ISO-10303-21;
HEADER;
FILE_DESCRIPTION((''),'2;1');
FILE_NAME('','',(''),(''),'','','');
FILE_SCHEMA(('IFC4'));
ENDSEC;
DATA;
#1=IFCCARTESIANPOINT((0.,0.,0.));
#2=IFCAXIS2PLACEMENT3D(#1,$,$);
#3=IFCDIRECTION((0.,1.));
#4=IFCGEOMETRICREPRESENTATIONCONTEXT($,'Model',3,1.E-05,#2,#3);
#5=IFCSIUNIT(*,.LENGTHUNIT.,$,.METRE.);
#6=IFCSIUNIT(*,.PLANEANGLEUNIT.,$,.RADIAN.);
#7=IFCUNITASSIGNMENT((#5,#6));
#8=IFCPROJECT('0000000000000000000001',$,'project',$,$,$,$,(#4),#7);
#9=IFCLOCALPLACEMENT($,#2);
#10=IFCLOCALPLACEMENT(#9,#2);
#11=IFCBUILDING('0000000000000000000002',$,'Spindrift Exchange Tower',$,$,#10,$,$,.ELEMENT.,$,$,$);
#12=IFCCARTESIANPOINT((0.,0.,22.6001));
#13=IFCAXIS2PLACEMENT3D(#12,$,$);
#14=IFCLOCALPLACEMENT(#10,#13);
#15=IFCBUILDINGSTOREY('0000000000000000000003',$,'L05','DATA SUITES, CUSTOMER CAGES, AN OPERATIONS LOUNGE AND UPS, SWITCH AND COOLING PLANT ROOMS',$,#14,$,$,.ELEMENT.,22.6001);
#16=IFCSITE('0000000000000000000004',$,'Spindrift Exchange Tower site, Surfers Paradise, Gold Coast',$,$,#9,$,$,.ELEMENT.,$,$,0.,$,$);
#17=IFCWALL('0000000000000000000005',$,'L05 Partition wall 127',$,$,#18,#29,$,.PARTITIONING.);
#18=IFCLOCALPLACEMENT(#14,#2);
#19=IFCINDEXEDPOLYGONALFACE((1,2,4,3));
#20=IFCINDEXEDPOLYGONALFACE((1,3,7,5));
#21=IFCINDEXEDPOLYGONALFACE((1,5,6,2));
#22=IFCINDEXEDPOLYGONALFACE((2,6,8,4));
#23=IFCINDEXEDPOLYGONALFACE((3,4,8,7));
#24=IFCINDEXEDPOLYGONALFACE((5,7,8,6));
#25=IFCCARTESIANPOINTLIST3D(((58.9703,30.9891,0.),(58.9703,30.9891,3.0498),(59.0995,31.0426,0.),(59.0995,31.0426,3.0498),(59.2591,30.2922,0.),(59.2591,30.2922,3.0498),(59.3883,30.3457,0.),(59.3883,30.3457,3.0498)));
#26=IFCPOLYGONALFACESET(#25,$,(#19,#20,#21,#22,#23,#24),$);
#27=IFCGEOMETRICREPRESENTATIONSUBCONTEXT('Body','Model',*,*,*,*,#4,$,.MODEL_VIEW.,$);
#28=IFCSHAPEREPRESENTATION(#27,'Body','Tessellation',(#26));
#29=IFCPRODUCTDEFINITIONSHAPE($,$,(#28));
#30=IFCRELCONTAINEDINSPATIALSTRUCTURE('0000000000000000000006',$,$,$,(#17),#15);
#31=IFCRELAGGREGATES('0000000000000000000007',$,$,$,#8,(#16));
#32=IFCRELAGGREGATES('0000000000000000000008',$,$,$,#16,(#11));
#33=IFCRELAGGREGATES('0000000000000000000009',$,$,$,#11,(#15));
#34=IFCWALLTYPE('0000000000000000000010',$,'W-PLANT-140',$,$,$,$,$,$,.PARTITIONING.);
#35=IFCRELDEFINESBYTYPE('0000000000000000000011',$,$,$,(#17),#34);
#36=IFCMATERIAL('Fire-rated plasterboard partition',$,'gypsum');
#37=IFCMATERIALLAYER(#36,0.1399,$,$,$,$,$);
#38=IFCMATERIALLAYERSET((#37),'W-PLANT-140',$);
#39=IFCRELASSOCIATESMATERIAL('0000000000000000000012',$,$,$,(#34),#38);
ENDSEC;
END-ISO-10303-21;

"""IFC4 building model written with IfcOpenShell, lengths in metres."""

from ifc_helpers import new_model, si_unit, direction, frame, frame_2d, origin, place, context, subcontext, project, spatial, rectangle, extrude, material, layer, layer_set, type_object, element, save


model = new_model("IFC4")

# Units and contexts
model_context = context("Model", 3, precision=1e-05, world=origin(), true_north=direction((0.0, 1.0)))
body_context = subcontext(model_context, "Body", "Model", "MODEL_VIEW")
ifc_project = project(units=[si_unit("LENGTHUNIT", "METRE"), si_unit("PLANEANGLEUNIT", "RADIAN")], contexts=[model_context])

# Site, building, storey
site_placement = place(None, origin())
site = spatial("IfcSite", under=ifc_project, at=site_placement, Name="Spindrift Exchange Tower site, Surfers Paradise, Gold Coast", CompositionType="ELEMENT", RefElevation=0.0)
building_placement = place(site_placement, origin())
building = spatial("IfcBuilding", under=site, at=building_placement, Name="Spindrift Exchange Tower", CompositionType="ELEMENT")
storey_placement = place(building_placement, frame((0.0, 0.0, 22.6001)))
storey = spatial("IfcBuildingStorey", under=building, at=storey_placement, Name="L05", Description="DATA SUITES, CUSTOMER CAGES, AN OPERATIONS LOUNGE AND UPS, SWITCH AND COOLING PLANT ROOMS", CompositionType="ELEMENT", Elevation=22.6001)

# Wall
ifc_material_1 = material(Name="Fire-rated plasterboard partition", Category="gypsum")
ifc_layer_1 = layer(ifc_material_1, 0.1399)
ifc_layer_set_1 = layer_set([ifc_layer_1], Name="W-PLANT-140")
wall_type_1 = type_object("IfcWallType", Name="W-PLANT-140", PredefinedType="PARTITIONING", material=ifc_layer_set_1)
wall_1_placement = place(storey_placement, frame((59.0349, 31.0159, 0.0), z_axis=(0.0, 0.0, 1.0), x_axis=(0.3828, -0.923831, 0.0)))
element("IfcWall", 1, at=wall_1_placement, inside=storey, type_object=wall_type_1, Name="L05 Partition wall 127", PredefinedType="PARTITIONING", context=body_context, shape_type="SweptSolid", body=[
    extrude(rectangle(XDim=0.7544, YDim=0.1399, at=frame_2d((0.3772, 0.0))), origin(), (0.0, 0.0, 1.0), 3.0498),
])

save(model, "model.ifc")
